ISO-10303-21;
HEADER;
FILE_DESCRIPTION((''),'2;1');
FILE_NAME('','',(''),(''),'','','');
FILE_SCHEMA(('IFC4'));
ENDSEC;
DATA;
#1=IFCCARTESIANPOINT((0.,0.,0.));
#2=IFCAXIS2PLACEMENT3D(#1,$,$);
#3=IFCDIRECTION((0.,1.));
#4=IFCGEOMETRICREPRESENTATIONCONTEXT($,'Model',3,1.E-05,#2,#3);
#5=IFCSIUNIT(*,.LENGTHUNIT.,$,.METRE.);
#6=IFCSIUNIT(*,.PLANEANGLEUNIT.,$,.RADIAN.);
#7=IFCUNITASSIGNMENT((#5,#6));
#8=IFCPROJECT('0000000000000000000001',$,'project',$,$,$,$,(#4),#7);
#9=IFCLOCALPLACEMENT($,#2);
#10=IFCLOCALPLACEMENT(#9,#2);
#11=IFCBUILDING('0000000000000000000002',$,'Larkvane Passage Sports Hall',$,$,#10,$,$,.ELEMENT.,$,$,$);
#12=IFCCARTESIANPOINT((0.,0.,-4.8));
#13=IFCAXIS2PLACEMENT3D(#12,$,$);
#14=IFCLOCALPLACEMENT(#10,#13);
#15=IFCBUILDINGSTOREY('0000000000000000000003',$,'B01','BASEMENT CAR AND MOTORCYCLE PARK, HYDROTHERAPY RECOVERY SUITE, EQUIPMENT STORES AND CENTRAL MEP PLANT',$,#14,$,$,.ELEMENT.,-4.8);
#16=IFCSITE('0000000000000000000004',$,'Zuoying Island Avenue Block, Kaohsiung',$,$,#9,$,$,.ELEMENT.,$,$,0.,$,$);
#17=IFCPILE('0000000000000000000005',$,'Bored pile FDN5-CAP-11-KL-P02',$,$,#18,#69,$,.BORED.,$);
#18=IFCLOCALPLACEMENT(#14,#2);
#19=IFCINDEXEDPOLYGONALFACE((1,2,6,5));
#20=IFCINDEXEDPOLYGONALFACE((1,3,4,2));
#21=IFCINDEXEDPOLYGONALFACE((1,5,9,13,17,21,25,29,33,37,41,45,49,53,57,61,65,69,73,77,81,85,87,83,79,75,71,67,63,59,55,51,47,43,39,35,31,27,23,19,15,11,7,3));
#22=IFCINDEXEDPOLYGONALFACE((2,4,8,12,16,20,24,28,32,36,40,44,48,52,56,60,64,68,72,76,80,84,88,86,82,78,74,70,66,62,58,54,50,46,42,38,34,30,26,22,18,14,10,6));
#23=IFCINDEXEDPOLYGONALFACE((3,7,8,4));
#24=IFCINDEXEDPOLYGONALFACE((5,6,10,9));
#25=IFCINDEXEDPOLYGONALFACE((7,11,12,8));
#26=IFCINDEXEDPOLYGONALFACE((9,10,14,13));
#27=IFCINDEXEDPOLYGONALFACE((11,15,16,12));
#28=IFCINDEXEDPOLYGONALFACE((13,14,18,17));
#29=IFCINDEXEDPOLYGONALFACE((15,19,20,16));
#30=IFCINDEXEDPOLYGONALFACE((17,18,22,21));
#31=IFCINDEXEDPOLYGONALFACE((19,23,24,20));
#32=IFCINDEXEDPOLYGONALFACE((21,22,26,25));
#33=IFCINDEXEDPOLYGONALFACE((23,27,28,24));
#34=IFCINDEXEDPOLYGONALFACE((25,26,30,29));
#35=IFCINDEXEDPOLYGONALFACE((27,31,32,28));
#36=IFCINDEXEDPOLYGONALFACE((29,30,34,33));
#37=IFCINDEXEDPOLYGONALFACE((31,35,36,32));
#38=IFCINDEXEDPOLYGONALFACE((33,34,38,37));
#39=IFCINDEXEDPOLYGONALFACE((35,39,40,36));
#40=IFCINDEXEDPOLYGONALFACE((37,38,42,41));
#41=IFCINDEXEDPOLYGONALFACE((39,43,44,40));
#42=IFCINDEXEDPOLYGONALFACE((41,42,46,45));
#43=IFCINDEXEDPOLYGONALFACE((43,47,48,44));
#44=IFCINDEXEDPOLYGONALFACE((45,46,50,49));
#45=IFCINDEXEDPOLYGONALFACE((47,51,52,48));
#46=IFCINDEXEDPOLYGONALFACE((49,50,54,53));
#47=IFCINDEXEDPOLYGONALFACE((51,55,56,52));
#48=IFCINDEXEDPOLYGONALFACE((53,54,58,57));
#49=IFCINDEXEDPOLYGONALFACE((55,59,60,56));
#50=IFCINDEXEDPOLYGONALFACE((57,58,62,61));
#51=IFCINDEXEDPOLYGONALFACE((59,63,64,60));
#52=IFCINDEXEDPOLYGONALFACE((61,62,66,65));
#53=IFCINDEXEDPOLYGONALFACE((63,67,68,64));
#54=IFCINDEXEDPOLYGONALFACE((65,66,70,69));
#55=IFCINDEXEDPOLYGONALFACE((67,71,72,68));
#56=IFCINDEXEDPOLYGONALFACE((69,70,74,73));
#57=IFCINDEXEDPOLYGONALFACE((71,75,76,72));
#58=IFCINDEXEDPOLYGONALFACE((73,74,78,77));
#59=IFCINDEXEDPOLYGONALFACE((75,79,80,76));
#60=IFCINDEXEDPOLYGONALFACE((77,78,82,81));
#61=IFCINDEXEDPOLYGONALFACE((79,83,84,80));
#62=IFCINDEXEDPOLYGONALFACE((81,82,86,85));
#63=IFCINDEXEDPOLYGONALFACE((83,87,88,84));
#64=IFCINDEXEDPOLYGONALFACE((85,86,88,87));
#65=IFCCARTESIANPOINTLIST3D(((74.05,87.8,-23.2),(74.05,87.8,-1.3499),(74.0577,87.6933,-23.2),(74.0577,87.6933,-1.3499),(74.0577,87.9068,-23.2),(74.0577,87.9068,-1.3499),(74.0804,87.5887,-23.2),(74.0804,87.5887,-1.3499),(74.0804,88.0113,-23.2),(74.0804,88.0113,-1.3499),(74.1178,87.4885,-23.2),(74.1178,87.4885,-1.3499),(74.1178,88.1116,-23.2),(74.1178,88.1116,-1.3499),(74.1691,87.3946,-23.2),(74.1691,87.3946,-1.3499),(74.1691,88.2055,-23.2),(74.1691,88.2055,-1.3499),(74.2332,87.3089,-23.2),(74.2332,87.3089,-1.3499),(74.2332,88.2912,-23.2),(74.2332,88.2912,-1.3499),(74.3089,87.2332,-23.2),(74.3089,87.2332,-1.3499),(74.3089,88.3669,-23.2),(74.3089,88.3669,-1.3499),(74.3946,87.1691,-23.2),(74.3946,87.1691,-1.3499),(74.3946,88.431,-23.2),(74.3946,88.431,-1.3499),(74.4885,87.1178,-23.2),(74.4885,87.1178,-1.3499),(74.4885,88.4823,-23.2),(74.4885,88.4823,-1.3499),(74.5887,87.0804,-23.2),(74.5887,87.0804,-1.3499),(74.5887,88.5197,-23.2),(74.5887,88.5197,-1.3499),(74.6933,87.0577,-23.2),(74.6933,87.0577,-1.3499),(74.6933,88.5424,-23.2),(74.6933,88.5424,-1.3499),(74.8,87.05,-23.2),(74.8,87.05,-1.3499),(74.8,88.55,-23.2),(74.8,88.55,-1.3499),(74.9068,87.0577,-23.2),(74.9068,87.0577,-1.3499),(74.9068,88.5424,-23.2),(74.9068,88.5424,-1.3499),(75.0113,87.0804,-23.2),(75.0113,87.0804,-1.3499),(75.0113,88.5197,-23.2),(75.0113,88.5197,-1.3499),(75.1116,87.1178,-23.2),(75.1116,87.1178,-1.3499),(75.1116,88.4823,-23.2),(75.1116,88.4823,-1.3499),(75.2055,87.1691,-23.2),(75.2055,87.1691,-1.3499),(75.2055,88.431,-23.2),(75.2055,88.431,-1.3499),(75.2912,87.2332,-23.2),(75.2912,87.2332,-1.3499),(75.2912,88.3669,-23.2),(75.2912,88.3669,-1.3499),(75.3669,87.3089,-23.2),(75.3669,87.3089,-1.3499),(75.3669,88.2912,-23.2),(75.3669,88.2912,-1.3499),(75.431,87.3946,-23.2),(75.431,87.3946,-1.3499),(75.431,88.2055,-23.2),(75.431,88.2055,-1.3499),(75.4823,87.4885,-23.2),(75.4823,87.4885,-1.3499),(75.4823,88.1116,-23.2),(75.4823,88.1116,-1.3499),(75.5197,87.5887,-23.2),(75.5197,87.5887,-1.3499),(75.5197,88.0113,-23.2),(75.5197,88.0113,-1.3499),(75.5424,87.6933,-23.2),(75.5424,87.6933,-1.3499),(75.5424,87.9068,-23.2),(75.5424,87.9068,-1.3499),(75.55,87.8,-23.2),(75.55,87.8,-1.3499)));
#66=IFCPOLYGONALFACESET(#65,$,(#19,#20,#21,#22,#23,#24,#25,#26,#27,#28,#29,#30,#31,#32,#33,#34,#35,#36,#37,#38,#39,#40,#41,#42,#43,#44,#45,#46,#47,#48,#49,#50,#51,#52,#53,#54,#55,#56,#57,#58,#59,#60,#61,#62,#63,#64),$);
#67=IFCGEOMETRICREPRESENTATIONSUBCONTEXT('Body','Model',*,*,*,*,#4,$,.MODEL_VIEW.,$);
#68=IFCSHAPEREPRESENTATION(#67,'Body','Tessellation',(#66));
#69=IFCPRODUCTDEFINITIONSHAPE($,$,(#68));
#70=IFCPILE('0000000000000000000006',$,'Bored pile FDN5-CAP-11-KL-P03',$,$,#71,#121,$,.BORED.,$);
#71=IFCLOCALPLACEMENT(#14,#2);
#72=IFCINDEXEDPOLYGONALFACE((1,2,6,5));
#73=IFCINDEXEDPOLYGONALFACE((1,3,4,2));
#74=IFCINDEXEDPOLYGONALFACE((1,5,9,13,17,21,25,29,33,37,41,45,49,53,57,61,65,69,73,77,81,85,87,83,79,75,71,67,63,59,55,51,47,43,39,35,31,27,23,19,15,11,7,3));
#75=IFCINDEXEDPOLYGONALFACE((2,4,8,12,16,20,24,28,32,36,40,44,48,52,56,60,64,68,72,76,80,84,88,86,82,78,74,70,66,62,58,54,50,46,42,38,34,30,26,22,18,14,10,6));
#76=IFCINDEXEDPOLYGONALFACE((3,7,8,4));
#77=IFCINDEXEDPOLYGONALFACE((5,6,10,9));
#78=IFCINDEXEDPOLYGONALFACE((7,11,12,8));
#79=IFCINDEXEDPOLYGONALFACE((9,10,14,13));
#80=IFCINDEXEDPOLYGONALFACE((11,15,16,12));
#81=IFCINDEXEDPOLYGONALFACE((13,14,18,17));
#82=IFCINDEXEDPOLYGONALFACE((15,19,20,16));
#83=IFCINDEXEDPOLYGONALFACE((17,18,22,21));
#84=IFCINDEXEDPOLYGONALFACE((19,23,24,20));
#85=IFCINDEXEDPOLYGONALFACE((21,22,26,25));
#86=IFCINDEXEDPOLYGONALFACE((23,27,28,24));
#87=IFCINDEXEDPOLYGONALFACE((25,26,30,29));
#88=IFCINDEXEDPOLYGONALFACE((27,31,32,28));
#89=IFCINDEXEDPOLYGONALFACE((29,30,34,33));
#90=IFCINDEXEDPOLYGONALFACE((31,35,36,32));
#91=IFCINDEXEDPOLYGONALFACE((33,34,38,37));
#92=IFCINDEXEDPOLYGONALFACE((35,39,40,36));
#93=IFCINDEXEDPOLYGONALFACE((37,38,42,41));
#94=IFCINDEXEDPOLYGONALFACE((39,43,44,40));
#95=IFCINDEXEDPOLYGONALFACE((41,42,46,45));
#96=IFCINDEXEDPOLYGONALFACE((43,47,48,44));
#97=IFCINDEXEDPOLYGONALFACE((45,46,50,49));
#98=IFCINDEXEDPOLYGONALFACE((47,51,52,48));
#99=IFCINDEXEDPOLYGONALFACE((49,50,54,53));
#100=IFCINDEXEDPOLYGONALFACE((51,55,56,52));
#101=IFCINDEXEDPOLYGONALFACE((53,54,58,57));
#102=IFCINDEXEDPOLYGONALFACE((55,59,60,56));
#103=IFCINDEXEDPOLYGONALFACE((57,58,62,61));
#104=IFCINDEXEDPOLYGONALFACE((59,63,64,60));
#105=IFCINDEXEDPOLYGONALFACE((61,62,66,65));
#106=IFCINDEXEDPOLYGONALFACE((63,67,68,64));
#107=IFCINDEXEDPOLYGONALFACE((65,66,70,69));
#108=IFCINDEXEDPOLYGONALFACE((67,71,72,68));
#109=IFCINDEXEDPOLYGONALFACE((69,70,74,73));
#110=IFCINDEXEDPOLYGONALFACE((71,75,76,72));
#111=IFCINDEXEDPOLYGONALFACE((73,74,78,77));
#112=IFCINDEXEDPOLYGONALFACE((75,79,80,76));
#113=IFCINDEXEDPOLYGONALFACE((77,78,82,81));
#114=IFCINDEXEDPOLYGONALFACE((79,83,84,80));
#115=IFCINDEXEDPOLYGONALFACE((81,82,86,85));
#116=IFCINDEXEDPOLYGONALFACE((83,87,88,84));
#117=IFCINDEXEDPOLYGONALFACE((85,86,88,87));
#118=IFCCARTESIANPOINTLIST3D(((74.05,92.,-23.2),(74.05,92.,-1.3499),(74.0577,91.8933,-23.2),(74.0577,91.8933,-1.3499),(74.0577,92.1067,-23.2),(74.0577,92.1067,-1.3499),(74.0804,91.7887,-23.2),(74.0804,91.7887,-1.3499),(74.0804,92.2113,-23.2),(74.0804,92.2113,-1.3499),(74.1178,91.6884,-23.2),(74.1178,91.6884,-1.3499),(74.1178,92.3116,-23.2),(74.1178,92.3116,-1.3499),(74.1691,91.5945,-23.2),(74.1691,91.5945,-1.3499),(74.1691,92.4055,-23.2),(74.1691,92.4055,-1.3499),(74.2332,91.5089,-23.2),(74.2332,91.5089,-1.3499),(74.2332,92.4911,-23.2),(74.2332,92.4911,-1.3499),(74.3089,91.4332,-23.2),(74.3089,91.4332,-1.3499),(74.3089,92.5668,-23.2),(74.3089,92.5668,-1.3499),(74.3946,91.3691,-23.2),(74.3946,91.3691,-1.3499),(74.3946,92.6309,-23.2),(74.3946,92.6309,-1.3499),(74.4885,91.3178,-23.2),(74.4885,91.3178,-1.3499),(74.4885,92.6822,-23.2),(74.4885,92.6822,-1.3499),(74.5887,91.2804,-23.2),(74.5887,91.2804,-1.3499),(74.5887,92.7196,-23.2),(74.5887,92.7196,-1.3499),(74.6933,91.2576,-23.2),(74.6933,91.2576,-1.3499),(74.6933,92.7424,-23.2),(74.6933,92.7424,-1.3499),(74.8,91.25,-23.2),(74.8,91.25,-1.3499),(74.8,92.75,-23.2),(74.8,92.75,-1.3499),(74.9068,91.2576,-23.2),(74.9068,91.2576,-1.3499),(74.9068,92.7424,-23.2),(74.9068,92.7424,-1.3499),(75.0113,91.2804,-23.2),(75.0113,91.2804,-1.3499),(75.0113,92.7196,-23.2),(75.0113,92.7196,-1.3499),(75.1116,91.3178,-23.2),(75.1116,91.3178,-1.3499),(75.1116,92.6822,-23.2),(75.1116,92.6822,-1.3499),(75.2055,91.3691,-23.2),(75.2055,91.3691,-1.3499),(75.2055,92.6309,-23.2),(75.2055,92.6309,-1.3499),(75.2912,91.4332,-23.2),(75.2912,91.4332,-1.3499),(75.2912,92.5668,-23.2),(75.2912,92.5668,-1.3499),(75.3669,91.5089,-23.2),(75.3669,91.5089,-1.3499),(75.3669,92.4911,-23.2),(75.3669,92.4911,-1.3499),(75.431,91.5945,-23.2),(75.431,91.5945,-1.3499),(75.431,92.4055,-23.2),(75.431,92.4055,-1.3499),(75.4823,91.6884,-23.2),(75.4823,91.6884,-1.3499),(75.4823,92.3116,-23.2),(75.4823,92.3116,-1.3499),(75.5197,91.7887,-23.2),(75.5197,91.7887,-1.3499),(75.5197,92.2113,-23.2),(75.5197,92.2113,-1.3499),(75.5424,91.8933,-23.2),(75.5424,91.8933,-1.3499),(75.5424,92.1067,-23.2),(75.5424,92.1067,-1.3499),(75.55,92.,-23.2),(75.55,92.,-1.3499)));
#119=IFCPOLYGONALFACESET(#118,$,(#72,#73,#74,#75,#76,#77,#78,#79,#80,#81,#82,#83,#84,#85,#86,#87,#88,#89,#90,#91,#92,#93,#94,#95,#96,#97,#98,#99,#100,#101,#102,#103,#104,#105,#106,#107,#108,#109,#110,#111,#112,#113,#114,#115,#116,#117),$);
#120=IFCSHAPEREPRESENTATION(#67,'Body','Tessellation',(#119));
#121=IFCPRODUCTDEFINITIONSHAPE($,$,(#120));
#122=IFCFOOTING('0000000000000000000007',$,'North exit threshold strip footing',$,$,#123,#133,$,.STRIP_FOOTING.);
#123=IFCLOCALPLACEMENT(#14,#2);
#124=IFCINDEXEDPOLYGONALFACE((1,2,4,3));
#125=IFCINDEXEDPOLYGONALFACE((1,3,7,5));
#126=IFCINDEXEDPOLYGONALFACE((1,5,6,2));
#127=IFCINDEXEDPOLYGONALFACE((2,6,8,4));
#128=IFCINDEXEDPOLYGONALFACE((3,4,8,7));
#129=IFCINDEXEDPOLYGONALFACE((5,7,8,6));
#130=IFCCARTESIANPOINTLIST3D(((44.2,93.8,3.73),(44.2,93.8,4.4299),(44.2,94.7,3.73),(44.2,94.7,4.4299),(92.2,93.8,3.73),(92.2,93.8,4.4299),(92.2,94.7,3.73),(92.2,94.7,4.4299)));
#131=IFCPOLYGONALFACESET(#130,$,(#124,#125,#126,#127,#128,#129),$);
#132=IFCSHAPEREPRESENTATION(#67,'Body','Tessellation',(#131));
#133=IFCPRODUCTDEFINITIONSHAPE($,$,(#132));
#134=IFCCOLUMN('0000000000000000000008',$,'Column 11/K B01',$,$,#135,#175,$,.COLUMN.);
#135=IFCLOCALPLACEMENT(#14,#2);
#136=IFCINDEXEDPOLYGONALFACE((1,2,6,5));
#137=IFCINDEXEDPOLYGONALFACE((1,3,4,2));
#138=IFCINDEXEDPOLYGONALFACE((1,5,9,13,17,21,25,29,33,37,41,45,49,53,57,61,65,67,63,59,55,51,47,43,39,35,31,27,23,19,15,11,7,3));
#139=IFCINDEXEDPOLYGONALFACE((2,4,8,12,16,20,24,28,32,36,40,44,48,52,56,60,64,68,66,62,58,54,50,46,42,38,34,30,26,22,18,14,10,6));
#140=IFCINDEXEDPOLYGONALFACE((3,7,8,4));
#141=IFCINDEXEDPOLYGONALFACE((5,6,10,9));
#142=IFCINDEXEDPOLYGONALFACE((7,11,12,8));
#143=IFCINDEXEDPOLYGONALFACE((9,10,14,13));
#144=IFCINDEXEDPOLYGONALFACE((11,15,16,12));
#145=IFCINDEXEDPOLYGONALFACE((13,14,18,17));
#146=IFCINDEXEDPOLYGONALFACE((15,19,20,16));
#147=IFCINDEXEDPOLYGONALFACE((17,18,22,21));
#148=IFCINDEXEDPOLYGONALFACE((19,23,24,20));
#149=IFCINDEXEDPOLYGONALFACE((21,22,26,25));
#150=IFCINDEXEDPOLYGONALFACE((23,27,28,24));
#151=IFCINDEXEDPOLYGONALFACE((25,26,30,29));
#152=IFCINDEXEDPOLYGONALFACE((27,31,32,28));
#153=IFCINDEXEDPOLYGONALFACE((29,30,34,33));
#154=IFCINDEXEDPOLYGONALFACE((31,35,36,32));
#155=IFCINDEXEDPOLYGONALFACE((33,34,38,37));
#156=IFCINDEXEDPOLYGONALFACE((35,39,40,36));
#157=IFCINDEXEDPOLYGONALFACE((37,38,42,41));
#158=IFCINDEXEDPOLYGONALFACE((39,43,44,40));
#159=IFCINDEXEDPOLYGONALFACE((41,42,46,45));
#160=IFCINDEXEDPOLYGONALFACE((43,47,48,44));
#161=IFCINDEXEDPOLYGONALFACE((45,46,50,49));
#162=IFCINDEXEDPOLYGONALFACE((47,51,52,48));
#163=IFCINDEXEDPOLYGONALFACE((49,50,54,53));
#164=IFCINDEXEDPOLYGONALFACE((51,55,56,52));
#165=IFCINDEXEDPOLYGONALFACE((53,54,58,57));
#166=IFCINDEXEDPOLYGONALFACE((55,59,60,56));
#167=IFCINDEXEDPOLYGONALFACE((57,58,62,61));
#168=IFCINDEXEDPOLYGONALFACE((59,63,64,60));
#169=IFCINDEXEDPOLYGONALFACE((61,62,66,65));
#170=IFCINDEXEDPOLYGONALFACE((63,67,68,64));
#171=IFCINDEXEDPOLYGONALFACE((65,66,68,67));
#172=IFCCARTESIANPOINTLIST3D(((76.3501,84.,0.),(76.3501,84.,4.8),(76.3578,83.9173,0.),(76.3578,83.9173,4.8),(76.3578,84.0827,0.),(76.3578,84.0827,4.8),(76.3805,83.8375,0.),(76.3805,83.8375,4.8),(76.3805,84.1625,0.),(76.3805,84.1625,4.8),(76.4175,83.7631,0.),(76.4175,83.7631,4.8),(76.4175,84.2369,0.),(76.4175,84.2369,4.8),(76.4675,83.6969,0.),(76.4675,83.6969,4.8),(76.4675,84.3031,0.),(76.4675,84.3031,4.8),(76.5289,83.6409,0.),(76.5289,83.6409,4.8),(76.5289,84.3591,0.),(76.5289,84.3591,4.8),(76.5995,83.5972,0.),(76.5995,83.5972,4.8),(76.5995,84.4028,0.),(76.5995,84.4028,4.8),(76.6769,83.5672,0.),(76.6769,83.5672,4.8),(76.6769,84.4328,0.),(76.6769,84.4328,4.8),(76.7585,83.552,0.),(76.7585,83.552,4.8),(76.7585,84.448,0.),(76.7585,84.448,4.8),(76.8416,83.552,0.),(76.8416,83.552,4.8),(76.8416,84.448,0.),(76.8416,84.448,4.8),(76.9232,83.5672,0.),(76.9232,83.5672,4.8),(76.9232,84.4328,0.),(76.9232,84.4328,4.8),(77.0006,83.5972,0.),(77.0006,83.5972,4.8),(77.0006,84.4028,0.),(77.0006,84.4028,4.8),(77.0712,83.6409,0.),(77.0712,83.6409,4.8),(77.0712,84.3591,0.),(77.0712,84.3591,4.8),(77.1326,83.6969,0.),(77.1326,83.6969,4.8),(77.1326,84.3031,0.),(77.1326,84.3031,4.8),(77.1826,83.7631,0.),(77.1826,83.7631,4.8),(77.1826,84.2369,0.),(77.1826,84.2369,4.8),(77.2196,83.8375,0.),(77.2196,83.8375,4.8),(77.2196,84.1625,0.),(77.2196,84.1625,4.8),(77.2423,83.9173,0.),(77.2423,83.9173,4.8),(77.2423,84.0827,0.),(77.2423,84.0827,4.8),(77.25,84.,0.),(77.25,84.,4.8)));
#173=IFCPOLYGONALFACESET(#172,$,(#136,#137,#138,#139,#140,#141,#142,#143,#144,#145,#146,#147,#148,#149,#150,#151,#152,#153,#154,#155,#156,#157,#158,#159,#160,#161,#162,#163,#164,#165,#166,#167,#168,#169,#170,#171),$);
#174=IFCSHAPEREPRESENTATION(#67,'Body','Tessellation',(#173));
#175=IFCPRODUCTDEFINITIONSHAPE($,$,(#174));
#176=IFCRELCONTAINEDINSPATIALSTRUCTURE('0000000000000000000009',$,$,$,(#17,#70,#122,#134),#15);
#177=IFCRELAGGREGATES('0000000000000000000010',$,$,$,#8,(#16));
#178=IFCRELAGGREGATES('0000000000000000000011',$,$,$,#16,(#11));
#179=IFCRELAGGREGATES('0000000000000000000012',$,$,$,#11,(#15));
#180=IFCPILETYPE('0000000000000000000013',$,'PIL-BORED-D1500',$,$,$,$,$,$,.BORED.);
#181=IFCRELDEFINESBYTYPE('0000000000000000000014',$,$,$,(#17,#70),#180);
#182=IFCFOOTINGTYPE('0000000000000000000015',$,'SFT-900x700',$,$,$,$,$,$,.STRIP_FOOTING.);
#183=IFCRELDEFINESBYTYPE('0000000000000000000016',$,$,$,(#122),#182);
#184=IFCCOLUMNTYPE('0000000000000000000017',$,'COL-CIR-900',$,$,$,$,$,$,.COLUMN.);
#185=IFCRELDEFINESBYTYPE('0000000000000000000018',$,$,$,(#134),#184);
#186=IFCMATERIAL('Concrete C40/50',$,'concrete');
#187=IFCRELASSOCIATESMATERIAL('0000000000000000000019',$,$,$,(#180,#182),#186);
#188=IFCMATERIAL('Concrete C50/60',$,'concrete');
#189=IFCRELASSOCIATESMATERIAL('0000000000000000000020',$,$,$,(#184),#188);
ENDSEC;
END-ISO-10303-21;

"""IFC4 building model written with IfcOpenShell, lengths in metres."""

from ifc_helpers import new_model, si_unit, direction, frame, origin, origin_2d, place, context, subcontext, project, spatial, rectangle, circle, extrude, material, material_profile, profile_set, type_object, element, save


model = new_model("IFC4")

# Units and contexts
model_context = context("Model", 3, precision=1e-05, world=origin(), true_north=direction((0.0, 1.0)))
body_context = subcontext(model_context, "Body", "Model", "MODEL_VIEW")
ifc_project = project(units=[si_unit("LENGTHUNIT", "METRE"), si_unit("PLANEANGLEUNIT", "RADIAN")], contexts=[model_context])

# Site, building, storey
site_placement = place(None, origin())
site = spatial("IfcSite", under=ifc_project, at=site_placement, Name="Zuoying Island Avenue Block, Kaohsiung", CompositionType="ELEMENT", RefElevation=0.0)
building_placement = place(site_placement, origin())
building = spatial("IfcBuilding", under=site, at=building_placement, Name="Larkvane Passage Sports Hall", CompositionType="ELEMENT")
storey_placement = place(building_placement, frame((0.0, 0.0, -4.8)))
storey = spatial("IfcBuildingStorey", under=building, at=storey_placement, Name="B01", Description="BASEMENT CAR AND MOTORCYCLE PARK, HYDROTHERAPY RECOVERY SUITE, EQUIPMENT STORES AND CENTRAL MEP PLANT", CompositionType="ELEMENT", Elevation=-4.8)

# Shared definitions
ifc_material_1 = material(Name="Concrete C40/50", Category="concrete")

# Piles
ifc_material_profile_1 = material_profile(ifc_material_1, circle(Radius=0.75, at=origin_2d()), Name="PILE-D1500")
ifc_profile_set_1 = profile_set([ifc_material_profile_1], Name="Concrete C40/50")
pile_type_1 = type_object("IfcPileType", Name="PIL-BORED-D1500", PredefinedType="BORED", material=ifc_profile_set_1)
for number, where, z_axis, x_axis, name in (
    (1, (74.8, 87.8, -1.3499), (0.0, 0.0, -1.0), (1.0, 0.0, 0.0), "Bored pile FDN5-CAP-11-KL-P02"),
    (2, (74.8, 92.0, -1.3499), (0.0, 0.0, -1.0), (1.0, 0.0, 0.0), "Bored pile FDN5-CAP-11-KL-P03"),
):
    element("IfcPile", number, at=place(storey_placement, frame(where, z_axis=z_axis, x_axis=x_axis)), inside=storey, type_object=pile_type_1, Name=name, PredefinedType="BORED", context=body_context, shape_type="SweptSolid", body=[
        extrude(circle(Radius=0.75, at=origin_2d()), origin(), (0.0, 0.0, 1.0), 21.8501),
    ])

# Footing
footing_type_1 = type_object("IfcFootingType", Name="SFT-900x700", PredefinedType="STRIP_FOOTING", material=ifc_material_1)
footing_placement = place(storey_placement, frame((68.2, 94.25, 3.73), z_axis=(0.0, 0.0, 1.0), x_axis=(1.0, 0.0, 0.0)))
element("IfcFooting", 3, at=footing_placement, inside=storey, type_object=footing_type_1, Name="North exit threshold strip footing", PredefinedType="STRIP_FOOTING", context=body_context, shape_type="SweptSolid", body=[
    extrude(rectangle(XDim=48.0, YDim=0.8999, at=origin_2d()), origin(), (0.0, 0.0, 1.0), 0.7),
])

# Column
ifc_material_2 = material(Name="Concrete C50/60", Category="concrete")
ifc_material_profile_2 = material_profile(ifc_material_2, circle(Radius=0.45, at=origin_2d()), Name="RC-CIR-900")
ifc_profile_set_2 = profile_set([ifc_material_profile_2], Name="Concrete C50/60")
column_type_1 = type_object("IfcColumnType", Name="COL-CIR-900", PredefinedType="COLUMN", material=ifc_profile_set_2)
column_1_placement = place(storey_placement, frame((76.8, 84.0, 0.0), z_axis=(0.0, 0.0, 1.0), x_axis=(1.0, 0.0, 0.0)))
element("IfcColumn", 4, at=column_1_placement, inside=storey, type_object=column_type_1, Name="Column 11/K B01", PredefinedType="COLUMN", context=body_context, shape_type="SweptSolid", body=[
    extrude(circle(Radius=0.45, at=origin_2d()), origin(), (0.0, 0.0, 1.0), 4.8),
])

save(model, "model.ifc")
